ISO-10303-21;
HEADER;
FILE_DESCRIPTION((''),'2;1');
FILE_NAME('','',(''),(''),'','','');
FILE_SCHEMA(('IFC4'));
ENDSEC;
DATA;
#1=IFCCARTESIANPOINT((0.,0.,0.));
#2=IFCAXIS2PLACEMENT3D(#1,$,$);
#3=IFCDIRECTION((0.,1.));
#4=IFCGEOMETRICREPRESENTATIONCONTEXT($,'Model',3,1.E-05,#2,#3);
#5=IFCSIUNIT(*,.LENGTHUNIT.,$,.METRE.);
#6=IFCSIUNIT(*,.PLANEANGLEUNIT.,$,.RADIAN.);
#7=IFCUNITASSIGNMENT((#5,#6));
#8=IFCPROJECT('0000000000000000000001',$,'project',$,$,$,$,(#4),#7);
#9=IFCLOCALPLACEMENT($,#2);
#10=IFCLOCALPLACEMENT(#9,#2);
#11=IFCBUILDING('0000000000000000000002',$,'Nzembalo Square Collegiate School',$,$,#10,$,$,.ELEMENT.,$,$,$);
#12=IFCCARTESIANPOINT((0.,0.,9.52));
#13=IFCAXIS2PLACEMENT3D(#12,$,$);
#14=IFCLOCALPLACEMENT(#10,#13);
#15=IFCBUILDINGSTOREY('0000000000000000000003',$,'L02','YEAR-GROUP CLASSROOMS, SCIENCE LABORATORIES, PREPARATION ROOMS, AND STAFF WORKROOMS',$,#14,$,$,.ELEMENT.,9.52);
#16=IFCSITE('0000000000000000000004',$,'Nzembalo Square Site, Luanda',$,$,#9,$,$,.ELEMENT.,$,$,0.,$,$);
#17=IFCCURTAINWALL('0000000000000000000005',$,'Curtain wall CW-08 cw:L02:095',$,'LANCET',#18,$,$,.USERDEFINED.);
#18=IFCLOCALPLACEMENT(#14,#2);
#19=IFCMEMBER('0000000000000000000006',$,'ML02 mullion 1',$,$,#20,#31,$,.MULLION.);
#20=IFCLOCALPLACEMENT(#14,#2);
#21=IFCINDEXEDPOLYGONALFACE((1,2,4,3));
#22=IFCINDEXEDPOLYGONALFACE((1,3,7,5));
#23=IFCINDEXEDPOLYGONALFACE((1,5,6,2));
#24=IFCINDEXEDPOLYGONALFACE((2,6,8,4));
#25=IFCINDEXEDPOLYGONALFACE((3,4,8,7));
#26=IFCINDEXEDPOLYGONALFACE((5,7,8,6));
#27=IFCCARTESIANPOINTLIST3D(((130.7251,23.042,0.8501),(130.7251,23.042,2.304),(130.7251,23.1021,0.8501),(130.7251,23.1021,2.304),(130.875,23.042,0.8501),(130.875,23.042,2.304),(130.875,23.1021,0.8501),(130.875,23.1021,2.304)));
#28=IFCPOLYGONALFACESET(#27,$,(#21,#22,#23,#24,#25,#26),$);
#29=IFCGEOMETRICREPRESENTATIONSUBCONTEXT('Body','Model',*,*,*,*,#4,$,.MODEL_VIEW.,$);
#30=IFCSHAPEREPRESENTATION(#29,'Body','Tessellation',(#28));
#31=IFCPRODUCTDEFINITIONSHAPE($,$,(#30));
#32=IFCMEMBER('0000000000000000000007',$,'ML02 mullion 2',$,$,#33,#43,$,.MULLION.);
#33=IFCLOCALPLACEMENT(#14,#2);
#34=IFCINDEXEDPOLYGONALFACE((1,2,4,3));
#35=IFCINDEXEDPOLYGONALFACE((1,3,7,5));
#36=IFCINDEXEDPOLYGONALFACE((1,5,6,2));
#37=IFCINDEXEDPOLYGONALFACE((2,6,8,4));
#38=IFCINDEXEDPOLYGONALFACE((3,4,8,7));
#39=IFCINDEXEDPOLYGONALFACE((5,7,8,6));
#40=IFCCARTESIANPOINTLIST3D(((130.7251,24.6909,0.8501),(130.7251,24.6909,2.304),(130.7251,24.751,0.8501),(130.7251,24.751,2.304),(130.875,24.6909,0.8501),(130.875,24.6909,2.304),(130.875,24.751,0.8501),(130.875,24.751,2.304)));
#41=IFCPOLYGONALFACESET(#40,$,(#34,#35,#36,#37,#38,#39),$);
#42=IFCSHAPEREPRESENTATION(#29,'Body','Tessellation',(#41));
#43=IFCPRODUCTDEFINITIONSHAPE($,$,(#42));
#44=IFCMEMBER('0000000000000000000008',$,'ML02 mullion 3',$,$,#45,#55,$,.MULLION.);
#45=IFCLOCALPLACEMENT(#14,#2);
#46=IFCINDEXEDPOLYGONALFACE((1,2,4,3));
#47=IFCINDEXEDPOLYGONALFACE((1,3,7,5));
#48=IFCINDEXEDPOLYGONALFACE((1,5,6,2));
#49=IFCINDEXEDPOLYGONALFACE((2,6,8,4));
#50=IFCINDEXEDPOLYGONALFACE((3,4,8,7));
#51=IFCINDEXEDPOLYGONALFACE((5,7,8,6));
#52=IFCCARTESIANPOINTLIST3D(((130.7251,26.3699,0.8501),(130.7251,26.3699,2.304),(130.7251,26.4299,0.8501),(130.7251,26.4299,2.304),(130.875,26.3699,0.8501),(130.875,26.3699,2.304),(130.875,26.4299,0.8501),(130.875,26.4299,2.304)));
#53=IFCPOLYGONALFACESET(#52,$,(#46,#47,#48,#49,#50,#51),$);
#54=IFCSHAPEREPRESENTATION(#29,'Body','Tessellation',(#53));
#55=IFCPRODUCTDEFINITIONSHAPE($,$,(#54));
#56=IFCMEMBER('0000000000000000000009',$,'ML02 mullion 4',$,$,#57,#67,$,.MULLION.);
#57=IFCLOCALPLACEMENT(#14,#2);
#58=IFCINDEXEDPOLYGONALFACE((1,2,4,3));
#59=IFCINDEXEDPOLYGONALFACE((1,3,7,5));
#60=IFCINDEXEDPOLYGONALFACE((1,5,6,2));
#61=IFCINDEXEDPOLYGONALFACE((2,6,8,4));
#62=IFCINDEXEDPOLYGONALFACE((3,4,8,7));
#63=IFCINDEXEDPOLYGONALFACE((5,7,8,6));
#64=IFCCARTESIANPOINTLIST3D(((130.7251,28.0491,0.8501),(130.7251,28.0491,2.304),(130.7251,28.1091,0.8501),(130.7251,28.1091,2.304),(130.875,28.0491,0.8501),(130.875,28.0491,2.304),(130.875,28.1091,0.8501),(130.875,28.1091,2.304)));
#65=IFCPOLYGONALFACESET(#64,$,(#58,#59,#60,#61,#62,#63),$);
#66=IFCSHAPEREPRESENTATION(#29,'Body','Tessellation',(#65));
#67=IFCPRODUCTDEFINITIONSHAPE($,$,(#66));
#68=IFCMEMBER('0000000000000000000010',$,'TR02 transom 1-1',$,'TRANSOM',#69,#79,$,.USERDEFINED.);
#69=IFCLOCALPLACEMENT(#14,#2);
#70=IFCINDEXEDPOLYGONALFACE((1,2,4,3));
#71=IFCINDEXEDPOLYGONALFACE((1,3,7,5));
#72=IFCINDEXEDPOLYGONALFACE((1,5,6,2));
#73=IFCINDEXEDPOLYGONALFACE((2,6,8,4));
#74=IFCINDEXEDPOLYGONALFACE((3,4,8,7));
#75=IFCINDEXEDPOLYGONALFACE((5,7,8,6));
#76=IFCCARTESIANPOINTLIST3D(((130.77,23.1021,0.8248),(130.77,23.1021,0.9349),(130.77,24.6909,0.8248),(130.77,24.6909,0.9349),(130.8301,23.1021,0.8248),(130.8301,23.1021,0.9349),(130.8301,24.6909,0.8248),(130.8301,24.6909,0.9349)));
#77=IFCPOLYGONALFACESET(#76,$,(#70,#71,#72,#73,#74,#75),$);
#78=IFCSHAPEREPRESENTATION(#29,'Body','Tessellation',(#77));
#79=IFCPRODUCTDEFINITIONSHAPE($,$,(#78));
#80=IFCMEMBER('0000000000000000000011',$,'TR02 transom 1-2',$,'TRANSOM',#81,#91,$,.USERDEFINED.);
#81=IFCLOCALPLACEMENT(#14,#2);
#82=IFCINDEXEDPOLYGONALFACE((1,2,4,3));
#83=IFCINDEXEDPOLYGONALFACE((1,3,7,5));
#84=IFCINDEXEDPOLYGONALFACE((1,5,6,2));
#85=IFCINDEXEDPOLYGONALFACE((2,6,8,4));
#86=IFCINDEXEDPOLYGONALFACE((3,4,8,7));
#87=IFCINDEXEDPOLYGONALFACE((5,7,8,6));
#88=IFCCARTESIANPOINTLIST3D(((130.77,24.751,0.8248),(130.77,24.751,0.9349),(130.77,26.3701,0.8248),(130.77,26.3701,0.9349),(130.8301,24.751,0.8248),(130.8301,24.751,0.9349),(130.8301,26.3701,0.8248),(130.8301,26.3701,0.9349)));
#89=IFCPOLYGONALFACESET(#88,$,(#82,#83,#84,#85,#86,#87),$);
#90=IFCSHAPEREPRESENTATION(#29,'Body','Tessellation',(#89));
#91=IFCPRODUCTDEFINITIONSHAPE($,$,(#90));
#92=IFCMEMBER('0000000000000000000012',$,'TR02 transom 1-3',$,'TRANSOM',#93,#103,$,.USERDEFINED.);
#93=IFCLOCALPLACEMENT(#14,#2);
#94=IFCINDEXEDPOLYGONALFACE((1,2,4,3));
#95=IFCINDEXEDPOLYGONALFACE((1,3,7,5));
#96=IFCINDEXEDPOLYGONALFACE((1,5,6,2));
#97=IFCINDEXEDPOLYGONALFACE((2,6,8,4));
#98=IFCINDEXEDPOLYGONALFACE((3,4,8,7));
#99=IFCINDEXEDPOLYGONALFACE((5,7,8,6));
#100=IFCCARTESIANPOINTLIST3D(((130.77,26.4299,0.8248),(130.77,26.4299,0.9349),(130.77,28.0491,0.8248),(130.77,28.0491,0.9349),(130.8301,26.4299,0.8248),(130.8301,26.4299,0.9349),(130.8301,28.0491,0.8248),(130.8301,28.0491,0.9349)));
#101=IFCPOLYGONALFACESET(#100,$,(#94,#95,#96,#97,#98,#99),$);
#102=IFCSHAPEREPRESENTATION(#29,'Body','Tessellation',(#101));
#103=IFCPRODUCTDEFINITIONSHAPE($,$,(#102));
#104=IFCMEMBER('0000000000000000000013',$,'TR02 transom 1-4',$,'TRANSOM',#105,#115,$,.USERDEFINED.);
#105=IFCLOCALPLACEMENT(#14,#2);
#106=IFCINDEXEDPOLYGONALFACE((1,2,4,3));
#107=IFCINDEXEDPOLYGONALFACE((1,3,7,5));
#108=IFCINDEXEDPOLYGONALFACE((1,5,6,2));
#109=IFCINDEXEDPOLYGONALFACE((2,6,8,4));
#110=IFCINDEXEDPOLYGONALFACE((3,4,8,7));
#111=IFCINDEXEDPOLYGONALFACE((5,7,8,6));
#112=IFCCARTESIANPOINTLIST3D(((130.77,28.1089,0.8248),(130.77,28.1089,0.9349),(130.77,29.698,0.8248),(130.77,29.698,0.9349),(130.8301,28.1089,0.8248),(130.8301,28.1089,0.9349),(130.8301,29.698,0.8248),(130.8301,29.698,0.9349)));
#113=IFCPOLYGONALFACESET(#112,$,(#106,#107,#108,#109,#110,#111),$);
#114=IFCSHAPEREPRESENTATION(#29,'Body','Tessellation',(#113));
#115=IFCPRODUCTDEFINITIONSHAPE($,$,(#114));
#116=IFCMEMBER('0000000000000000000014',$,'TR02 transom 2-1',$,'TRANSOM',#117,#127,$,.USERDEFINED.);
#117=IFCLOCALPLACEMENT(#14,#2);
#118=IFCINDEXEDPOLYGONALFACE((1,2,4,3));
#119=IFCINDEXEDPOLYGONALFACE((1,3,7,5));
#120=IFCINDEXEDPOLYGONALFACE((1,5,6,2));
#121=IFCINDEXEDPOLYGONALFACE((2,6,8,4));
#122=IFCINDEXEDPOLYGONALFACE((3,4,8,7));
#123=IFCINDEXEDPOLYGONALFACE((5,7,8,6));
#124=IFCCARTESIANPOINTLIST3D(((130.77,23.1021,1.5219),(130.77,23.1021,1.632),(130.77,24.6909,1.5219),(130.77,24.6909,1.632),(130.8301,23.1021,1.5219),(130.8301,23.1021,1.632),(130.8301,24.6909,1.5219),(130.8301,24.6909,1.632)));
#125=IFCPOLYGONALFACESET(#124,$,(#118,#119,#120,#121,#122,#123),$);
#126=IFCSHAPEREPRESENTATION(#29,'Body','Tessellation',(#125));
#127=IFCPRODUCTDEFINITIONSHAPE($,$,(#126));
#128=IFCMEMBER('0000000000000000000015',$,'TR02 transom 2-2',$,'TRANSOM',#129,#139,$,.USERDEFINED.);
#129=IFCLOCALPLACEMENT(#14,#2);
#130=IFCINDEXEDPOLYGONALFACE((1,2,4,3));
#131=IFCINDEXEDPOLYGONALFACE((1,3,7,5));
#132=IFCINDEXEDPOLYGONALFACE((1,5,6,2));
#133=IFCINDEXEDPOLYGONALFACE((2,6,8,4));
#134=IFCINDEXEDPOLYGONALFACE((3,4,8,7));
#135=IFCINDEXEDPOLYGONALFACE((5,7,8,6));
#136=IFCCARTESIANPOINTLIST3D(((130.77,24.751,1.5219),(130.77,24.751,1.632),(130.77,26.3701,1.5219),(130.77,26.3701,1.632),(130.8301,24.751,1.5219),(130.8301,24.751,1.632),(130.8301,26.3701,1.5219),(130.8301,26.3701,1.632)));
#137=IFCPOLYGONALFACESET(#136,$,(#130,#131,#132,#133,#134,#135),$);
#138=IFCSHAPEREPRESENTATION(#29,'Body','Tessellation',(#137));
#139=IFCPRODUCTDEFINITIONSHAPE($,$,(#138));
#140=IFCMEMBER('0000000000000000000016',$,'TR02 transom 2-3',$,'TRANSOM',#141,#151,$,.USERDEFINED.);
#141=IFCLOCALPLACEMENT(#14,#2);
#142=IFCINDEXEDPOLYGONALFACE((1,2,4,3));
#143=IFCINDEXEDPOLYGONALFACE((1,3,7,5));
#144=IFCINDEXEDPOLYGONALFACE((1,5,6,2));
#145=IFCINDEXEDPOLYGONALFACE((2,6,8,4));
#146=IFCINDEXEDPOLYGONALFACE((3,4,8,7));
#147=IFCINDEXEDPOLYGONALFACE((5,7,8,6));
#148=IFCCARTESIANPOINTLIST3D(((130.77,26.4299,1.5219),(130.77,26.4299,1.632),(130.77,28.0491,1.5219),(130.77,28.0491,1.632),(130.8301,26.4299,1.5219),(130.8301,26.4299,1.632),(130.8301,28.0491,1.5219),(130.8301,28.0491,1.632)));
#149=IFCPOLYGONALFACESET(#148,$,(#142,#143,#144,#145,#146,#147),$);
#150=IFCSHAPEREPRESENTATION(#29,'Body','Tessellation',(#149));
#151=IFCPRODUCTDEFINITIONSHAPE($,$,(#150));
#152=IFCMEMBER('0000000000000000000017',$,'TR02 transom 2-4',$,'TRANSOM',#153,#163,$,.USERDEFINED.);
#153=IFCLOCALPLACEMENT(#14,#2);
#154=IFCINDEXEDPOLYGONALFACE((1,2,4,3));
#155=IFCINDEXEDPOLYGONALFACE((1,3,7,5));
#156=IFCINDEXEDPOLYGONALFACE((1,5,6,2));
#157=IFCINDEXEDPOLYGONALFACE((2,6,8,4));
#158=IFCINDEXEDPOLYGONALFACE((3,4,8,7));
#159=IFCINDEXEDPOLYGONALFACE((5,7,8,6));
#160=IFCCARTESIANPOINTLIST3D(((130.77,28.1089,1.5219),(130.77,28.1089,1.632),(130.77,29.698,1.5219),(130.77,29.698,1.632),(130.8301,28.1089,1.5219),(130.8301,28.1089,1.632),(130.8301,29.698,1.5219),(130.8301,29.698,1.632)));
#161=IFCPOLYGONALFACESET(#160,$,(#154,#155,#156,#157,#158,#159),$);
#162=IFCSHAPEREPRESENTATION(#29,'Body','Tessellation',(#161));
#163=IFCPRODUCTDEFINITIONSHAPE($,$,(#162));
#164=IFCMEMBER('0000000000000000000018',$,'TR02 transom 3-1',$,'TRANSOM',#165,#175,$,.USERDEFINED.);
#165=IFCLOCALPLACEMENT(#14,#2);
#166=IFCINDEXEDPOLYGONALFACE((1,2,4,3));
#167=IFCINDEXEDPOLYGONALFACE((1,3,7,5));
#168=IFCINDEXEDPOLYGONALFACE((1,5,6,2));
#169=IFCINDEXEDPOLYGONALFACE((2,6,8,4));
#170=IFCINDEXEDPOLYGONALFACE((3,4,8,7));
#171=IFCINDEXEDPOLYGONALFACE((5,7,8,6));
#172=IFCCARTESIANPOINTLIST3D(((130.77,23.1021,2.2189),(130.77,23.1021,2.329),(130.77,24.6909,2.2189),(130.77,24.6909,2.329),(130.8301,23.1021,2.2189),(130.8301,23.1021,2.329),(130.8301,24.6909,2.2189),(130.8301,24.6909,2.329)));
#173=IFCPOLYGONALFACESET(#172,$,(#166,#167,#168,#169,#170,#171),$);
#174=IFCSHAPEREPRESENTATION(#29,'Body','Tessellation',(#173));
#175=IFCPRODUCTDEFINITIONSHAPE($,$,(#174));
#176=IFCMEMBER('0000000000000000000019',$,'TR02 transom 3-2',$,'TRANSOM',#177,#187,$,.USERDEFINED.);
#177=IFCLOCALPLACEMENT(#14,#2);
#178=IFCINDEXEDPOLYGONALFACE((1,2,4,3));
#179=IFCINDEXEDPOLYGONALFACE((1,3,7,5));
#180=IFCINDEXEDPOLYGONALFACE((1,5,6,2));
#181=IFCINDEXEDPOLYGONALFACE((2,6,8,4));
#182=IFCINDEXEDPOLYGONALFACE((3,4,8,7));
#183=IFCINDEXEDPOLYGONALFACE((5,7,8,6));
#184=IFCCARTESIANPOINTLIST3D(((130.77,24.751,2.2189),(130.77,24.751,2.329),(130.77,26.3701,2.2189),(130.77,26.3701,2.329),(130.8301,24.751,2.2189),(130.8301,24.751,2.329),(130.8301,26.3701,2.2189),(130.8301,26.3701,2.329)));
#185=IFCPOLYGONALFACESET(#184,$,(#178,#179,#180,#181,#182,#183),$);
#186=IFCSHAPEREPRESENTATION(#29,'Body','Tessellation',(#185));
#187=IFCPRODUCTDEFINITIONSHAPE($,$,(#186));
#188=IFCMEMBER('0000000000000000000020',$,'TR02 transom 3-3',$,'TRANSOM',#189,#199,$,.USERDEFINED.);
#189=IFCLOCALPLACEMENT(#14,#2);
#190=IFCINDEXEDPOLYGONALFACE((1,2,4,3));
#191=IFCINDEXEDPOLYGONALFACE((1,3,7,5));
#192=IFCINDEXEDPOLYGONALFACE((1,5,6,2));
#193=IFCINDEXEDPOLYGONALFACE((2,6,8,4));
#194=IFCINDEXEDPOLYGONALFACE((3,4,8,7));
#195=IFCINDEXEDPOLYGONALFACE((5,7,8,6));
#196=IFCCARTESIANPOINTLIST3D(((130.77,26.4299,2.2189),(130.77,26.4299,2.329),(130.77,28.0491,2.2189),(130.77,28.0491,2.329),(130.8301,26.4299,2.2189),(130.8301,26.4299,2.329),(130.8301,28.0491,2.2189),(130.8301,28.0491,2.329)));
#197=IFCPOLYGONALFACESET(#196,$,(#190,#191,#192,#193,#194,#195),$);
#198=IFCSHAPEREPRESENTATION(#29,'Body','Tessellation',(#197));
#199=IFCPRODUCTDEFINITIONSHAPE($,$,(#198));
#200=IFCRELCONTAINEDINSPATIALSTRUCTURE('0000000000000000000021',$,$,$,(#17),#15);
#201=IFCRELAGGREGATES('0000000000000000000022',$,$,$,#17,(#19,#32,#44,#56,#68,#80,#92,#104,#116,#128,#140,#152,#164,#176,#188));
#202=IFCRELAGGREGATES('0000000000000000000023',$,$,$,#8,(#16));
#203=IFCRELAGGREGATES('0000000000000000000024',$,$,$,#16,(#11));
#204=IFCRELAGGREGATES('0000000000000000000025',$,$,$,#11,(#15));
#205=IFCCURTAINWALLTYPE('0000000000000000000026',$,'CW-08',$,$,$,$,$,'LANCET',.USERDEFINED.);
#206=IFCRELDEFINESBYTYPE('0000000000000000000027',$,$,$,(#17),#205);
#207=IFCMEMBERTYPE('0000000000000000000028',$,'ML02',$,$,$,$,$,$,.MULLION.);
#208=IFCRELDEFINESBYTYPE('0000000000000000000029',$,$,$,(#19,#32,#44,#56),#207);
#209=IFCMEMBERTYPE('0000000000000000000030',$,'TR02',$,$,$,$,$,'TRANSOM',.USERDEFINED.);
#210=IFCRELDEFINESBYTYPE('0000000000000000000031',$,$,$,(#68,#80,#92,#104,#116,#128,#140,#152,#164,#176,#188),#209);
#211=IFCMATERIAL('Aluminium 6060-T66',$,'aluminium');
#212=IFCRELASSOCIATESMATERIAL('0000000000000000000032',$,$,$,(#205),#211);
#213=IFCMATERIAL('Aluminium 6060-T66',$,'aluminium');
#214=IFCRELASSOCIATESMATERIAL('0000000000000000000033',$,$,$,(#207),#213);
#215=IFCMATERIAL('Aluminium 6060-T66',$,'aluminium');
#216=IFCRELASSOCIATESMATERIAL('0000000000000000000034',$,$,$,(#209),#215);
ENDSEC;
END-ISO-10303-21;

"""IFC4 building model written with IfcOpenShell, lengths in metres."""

from ifc_helpers import new_model, si_unit, direction, frame, origin, origin_2d, place, context, subcontext, project, spatial, rectangle, extrude, material, material_profile, profile_set, type_object, element, aggregate, save


model = new_model("IFC4")

# Units and contexts
model_context = context("Model", 3, precision=1e-05, world=origin(), true_north=direction((0.0, 1.0)))
body_context = subcontext(model_context, "Body", "Model", "MODEL_VIEW")
ifc_project = project(units=[si_unit("LENGTHUNIT", "METRE"), si_unit("PLANEANGLEUNIT", "RADIAN")], contexts=[model_context])

# Site, building, storey
site_placement = place(None, origin())
site = spatial("IfcSite", under=ifc_project, at=site_placement, Name="Nzembalo Square Site, Luanda", CompositionType="ELEMENT", RefElevation=0.0)
building_placement = place(site_placement, origin())
building = spatial("IfcBuilding", under=site, at=building_placement, Name="Nzembalo Square Collegiate School", CompositionType="ELEMENT")
storey_placement = place(building_placement, frame((0.0, 0.0, 9.52)))
storey = spatial("IfcBuildingStorey", under=building, at=storey_placement, Name="L02", Description="YEAR-GROUP CLASSROOMS, SCIENCE LABORATORIES, PREPARATION ROOMS, AND STAFF WORKROOMS", CompositionType="ELEMENT", Elevation=9.52)

# Curtain wall, members
ifc_material_1 = material(Name="Aluminium 6060-T66", Category="aluminium")
curtain_wall_type = type_object("IfcCurtainWallType", Name="CW-08", ElementType="LANCET", PredefinedType="USERDEFINED", material=ifc_material_1)
curtain_wall_placement = place(storey_placement, origin())
curtain_wall = element("IfcCurtainWall", 1, at=curtain_wall_placement, inside=storey, type_object=curtain_wall_type, Name="Curtain wall CW-08 cw:L02:095", ObjectType="LANCET", PredefinedType="USERDEFINED")
ifc_material_2 = material(Name="Aluminium 6060-T66", Category="aluminium")
ifc_material_profile_1 = material_profile(ifc_material_2, rectangle(XDim=0.0601, YDim=0.1499, at=origin_2d()), Name="ALU M60x150")
ifc_profile_set_1 = profile_set([ifc_material_profile_1], Name="Aluminium 6060-T66")
member_type_1 = type_object("IfcMemberType", Name="ML02", PredefinedType="MULLION", material=ifc_profile_set_1)
member_1_placement = place(storey_placement, frame((130.8, 23.072, 0.8501), z_axis=(0.0, 0.0, 1.0), x_axis=(0.0, 1.0, 0.0)))
member_1 = element("IfcMember", 2, at=member_1_placement, type_object=member_type_1, Name="ML02 mullion 1", PredefinedType="MULLION", context=body_context, shape_type="SweptSolid", body=[
    extrude(rectangle(XDim=0.0601, YDim=0.1499, at=origin_2d()), origin(), (0.0, 0.0, 1.0), 1.4539),
])
member_2_placement = place(storey_placement, frame((130.8, 24.7209, 0.8501), z_axis=(0.0, 0.0, 1.0), x_axis=(0.0, 1.0, 0.0)))
member_2 = element("IfcMember", 3, at=member_2_placement, type_object=member_type_1, Name="ML02 mullion 2", PredefinedType="MULLION", context=body_context, shape_type="SweptSolid", body=[
    extrude(rectangle(XDim=0.0601, YDim=0.1499, at=origin_2d()), origin(), (0.0, 0.0, 1.0), 1.4539),
])
member_3_placement = place(storey_placement, frame((130.8, 26.3999, 0.8501), z_axis=(0.0, 0.0, 1.0), x_axis=(0.0, 1.0, 0.0)))
member_3 = element("IfcMember", 4, at=member_3_placement, type_object=member_type_1, Name="ML02 mullion 3", PredefinedType="MULLION", context=body_context, shape_type="SweptSolid", body=[
    extrude(rectangle(XDim=0.0601, YDim=0.1499, at=origin_2d()), origin(), (0.0, 0.0, 1.0), 1.4539),
])
member_4_placement = place(storey_placement, frame((130.8, 28.0791, 0.8501), z_axis=(0.0, 0.0, 1.0), x_axis=(0.0, 1.0, 0.0)))
member_4 = element("IfcMember", 5, at=member_4_placement, type_object=member_type_1, Name="ML02 mullion 4", PredefinedType="MULLION", context=body_context, shape_type="SweptSolid", body=[
    extrude(rectangle(XDim=0.0601, YDim=0.1499, at=origin_2d()), origin(), (0.0, 0.0, 1.0), 1.4539),
])
ifc_material_3 = material(Name="Aluminium 6060-T66", Category="aluminium")
ifc_material_profile_2 = material_profile(ifc_material_3, rectangle(XDim=0.0601, YDim=0.1101, at=origin_2d()), Name="ALU T60x110")
ifc_profile_set_2 = profile_set([ifc_material_profile_2], Name="Aluminium 6060-T66")
member_type_2 = type_object("IfcMemberType", Name="TR02", ElementType="TRANSOM", PredefinedType="USERDEFINED", material=ifc_profile_set_2)
member_5_placement = place(storey_placement, frame((130.8, 23.1021, 0.8799), z_axis=(0.0, 1.0, 0.0), x_axis=(-1.0, 0.0, 0.0)))
member_5 = element("IfcMember", 6, at=member_5_placement, type_object=member_type_2, Name="TR02 transom 1-1", ObjectType="TRANSOM", PredefinedType="USERDEFINED", context=body_context, shape_type="SweptSolid", body=[
    extrude(rectangle(XDim=0.0601, YDim=0.1101, at=origin_2d()), origin(), (0.0, 0.0, 1.0), 1.5889),
])
member_6_placement = place(storey_placement, frame((130.8, 24.751, 0.8799), z_axis=(0.0, 1.0, 0.0), x_axis=(-1.0, 0.0, 0.0)))
member_6 = element("IfcMember", 7, at=member_6_placement, type_object=member_type_2, Name="TR02 transom 1-2", ObjectType="TRANSOM", PredefinedType="USERDEFINED", context=body_context, shape_type="SweptSolid", body=[
    extrude(rectangle(XDim=0.0601, YDim=0.1101, at=origin_2d()), origin(), (0.0, 0.0, 1.0), 1.6191),
])
member_7_placement = place(storey_placement, frame((130.8, 26.4299, 0.8799), z_axis=(0.0, 1.0, 0.0), x_axis=(-1.0, 0.0, 0.0)))
member_7 = element("IfcMember", 8, at=member_7_placement, type_object=member_type_2, Name="TR02 transom 1-3", ObjectType="TRANSOM", PredefinedType="USERDEFINED", context=body_context, shape_type="SweptSolid", body=[
    extrude(rectangle(XDim=0.0601, YDim=0.1101, at=origin_2d()), origin(), (0.0, 0.0, 1.0), 1.6191),
])
member_8_placement = place(storey_placement, frame((130.8, 28.1089, 0.8799), z_axis=(0.0, 1.0, 0.0), x_axis=(-1.0, 0.0, 0.0)))
member_8 = element("IfcMember", 9, at=member_8_placement, type_object=member_type_2, Name="TR02 transom 1-4", ObjectType="TRANSOM", PredefinedType="USERDEFINED", context=body_context, shape_type="SweptSolid", body=[
    extrude(rectangle(XDim=0.0601, YDim=0.1101, at=origin_2d()), origin(), (0.0, 0.0, 1.0), 1.5891),
])
member_9_placement = place(storey_placement, frame((130.8, 23.1021, 1.5769), z_axis=(0.0, 1.0, 0.0), x_axis=(-1.0, 0.0, 0.0)))
member_9 = element("IfcMember", 10, at=member_9_placement, type_object=member_type_2, Name="TR02 transom 2-1", ObjectType="TRANSOM", PredefinedType="USERDEFINED", context=body_context, shape_type="SweptSolid", body=[
    extrude(rectangle(XDim=0.0601, YDim=0.1101, at=origin_2d()), origin(), (0.0, 0.0, 1.0), 1.5889),
])
member_10_placement = place(storey_placement, frame((130.8, 24.751, 1.5769), z_axis=(0.0, 1.0, 0.0), x_axis=(-1.0, 0.0, 0.0)))
member_10 = element("IfcMember", 11, at=member_10_placement, type_object=member_type_2, Name="TR02 transom 2-2", ObjectType="TRANSOM", PredefinedType="USERDEFINED", context=body_context, shape_type="SweptSolid", body=[
    extrude(rectangle(XDim=0.0601, YDim=0.1101, at=origin_2d()), origin(), (0.0, 0.0, 1.0), 1.6191),
])
member_11_placement = place(storey_placement, frame((130.8, 26.4299, 1.5769), z_axis=(0.0, 1.0, 0.0), x_axis=(-1.0, 0.0, 0.0)))
member_11 = element("IfcMember", 12, at=member_11_placement, type_object=member_type_2, Name="TR02 transom 2-3", ObjectType="TRANSOM", PredefinedType="USERDEFINED", context=body_context, shape_type="SweptSolid", body=[
    extrude(rectangle(XDim=0.0601, YDim=0.1101, at=origin_2d()), origin(), (0.0, 0.0, 1.0), 1.6191),
])
member_12_placement = place(storey_placement, frame((130.8, 28.1089, 1.5769), z_axis=(0.0, 1.0, 0.0), x_axis=(-1.0, 0.0, 0.0)))
member_12 = element("IfcMember", 13, at=member_12_placement, type_object=member_type_2, Name="TR02 transom 2-4", ObjectType="TRANSOM", PredefinedType="USERDEFINED", context=body_context, shape_type="SweptSolid", body=[
    extrude(rectangle(XDim=0.0601, YDim=0.1101, at=origin_2d()), origin(), (0.0, 0.0, 1.0), 1.5891),
])
member_13_placement = place(storey_placement, frame((130.8, 23.1021, 2.2739), z_axis=(0.0, 1.0, 0.0), x_axis=(-1.0, 0.0, 0.0)))
member_13 = element("IfcMember", 14, at=member_13_placement, type_object=member_type_2, Name="TR02 transom 3-1", ObjectType="TRANSOM", PredefinedType="USERDEFINED", context=body_context, shape_type="SweptSolid", body=[
    extrude(rectangle(XDim=0.0601, YDim=0.1101, at=origin_2d()), origin(), (0.0, 0.0, 1.0), 1.5889),
])
member_14_placement = place(storey_placement, frame((130.8, 24.751, 2.2739), z_axis=(0.0, 1.0, 0.0), x_axis=(-1.0, 0.0, 0.0)))
member_14 = element("IfcMember", 15, at=member_14_placement, type_object=member_type_2, Name="TR02 transom 3-2", ObjectType="TRANSOM", PredefinedType="USERDEFINED", context=body_context, shape_type="SweptSolid", body=[
    extrude(rectangle(XDim=0.0601, YDim=0.1101, at=origin_2d()), origin(), (0.0, 0.0, 1.0), 1.6191),
])
member_15_placement = place(storey_placement, frame((130.8, 26.4299, 2.2739), z_axis=(0.0, 1.0, 0.0), x_axis=(-1.0, 0.0, 0.0)))
member_15 = element("IfcMember", 16, at=member_15_placement, type_object=member_type_2, Name="TR02 transom 3-3", ObjectType="TRANSOM", PredefinedType="USERDEFINED", context=body_context, shape_type="SweptSolid", body=[
    extrude(rectangle(XDim=0.0601, YDim=0.1101, at=origin_2d()), origin(), (0.0, 0.0, 1.0), 1.6191),
])
aggregate(curtain_wall, [member_1, member_2, member_3, member_4, member_5, member_6, member_7, member_8, member_9, member_10, member_11, member_12, member_13, member_14, member_15])

save(model, "model.ifc")
